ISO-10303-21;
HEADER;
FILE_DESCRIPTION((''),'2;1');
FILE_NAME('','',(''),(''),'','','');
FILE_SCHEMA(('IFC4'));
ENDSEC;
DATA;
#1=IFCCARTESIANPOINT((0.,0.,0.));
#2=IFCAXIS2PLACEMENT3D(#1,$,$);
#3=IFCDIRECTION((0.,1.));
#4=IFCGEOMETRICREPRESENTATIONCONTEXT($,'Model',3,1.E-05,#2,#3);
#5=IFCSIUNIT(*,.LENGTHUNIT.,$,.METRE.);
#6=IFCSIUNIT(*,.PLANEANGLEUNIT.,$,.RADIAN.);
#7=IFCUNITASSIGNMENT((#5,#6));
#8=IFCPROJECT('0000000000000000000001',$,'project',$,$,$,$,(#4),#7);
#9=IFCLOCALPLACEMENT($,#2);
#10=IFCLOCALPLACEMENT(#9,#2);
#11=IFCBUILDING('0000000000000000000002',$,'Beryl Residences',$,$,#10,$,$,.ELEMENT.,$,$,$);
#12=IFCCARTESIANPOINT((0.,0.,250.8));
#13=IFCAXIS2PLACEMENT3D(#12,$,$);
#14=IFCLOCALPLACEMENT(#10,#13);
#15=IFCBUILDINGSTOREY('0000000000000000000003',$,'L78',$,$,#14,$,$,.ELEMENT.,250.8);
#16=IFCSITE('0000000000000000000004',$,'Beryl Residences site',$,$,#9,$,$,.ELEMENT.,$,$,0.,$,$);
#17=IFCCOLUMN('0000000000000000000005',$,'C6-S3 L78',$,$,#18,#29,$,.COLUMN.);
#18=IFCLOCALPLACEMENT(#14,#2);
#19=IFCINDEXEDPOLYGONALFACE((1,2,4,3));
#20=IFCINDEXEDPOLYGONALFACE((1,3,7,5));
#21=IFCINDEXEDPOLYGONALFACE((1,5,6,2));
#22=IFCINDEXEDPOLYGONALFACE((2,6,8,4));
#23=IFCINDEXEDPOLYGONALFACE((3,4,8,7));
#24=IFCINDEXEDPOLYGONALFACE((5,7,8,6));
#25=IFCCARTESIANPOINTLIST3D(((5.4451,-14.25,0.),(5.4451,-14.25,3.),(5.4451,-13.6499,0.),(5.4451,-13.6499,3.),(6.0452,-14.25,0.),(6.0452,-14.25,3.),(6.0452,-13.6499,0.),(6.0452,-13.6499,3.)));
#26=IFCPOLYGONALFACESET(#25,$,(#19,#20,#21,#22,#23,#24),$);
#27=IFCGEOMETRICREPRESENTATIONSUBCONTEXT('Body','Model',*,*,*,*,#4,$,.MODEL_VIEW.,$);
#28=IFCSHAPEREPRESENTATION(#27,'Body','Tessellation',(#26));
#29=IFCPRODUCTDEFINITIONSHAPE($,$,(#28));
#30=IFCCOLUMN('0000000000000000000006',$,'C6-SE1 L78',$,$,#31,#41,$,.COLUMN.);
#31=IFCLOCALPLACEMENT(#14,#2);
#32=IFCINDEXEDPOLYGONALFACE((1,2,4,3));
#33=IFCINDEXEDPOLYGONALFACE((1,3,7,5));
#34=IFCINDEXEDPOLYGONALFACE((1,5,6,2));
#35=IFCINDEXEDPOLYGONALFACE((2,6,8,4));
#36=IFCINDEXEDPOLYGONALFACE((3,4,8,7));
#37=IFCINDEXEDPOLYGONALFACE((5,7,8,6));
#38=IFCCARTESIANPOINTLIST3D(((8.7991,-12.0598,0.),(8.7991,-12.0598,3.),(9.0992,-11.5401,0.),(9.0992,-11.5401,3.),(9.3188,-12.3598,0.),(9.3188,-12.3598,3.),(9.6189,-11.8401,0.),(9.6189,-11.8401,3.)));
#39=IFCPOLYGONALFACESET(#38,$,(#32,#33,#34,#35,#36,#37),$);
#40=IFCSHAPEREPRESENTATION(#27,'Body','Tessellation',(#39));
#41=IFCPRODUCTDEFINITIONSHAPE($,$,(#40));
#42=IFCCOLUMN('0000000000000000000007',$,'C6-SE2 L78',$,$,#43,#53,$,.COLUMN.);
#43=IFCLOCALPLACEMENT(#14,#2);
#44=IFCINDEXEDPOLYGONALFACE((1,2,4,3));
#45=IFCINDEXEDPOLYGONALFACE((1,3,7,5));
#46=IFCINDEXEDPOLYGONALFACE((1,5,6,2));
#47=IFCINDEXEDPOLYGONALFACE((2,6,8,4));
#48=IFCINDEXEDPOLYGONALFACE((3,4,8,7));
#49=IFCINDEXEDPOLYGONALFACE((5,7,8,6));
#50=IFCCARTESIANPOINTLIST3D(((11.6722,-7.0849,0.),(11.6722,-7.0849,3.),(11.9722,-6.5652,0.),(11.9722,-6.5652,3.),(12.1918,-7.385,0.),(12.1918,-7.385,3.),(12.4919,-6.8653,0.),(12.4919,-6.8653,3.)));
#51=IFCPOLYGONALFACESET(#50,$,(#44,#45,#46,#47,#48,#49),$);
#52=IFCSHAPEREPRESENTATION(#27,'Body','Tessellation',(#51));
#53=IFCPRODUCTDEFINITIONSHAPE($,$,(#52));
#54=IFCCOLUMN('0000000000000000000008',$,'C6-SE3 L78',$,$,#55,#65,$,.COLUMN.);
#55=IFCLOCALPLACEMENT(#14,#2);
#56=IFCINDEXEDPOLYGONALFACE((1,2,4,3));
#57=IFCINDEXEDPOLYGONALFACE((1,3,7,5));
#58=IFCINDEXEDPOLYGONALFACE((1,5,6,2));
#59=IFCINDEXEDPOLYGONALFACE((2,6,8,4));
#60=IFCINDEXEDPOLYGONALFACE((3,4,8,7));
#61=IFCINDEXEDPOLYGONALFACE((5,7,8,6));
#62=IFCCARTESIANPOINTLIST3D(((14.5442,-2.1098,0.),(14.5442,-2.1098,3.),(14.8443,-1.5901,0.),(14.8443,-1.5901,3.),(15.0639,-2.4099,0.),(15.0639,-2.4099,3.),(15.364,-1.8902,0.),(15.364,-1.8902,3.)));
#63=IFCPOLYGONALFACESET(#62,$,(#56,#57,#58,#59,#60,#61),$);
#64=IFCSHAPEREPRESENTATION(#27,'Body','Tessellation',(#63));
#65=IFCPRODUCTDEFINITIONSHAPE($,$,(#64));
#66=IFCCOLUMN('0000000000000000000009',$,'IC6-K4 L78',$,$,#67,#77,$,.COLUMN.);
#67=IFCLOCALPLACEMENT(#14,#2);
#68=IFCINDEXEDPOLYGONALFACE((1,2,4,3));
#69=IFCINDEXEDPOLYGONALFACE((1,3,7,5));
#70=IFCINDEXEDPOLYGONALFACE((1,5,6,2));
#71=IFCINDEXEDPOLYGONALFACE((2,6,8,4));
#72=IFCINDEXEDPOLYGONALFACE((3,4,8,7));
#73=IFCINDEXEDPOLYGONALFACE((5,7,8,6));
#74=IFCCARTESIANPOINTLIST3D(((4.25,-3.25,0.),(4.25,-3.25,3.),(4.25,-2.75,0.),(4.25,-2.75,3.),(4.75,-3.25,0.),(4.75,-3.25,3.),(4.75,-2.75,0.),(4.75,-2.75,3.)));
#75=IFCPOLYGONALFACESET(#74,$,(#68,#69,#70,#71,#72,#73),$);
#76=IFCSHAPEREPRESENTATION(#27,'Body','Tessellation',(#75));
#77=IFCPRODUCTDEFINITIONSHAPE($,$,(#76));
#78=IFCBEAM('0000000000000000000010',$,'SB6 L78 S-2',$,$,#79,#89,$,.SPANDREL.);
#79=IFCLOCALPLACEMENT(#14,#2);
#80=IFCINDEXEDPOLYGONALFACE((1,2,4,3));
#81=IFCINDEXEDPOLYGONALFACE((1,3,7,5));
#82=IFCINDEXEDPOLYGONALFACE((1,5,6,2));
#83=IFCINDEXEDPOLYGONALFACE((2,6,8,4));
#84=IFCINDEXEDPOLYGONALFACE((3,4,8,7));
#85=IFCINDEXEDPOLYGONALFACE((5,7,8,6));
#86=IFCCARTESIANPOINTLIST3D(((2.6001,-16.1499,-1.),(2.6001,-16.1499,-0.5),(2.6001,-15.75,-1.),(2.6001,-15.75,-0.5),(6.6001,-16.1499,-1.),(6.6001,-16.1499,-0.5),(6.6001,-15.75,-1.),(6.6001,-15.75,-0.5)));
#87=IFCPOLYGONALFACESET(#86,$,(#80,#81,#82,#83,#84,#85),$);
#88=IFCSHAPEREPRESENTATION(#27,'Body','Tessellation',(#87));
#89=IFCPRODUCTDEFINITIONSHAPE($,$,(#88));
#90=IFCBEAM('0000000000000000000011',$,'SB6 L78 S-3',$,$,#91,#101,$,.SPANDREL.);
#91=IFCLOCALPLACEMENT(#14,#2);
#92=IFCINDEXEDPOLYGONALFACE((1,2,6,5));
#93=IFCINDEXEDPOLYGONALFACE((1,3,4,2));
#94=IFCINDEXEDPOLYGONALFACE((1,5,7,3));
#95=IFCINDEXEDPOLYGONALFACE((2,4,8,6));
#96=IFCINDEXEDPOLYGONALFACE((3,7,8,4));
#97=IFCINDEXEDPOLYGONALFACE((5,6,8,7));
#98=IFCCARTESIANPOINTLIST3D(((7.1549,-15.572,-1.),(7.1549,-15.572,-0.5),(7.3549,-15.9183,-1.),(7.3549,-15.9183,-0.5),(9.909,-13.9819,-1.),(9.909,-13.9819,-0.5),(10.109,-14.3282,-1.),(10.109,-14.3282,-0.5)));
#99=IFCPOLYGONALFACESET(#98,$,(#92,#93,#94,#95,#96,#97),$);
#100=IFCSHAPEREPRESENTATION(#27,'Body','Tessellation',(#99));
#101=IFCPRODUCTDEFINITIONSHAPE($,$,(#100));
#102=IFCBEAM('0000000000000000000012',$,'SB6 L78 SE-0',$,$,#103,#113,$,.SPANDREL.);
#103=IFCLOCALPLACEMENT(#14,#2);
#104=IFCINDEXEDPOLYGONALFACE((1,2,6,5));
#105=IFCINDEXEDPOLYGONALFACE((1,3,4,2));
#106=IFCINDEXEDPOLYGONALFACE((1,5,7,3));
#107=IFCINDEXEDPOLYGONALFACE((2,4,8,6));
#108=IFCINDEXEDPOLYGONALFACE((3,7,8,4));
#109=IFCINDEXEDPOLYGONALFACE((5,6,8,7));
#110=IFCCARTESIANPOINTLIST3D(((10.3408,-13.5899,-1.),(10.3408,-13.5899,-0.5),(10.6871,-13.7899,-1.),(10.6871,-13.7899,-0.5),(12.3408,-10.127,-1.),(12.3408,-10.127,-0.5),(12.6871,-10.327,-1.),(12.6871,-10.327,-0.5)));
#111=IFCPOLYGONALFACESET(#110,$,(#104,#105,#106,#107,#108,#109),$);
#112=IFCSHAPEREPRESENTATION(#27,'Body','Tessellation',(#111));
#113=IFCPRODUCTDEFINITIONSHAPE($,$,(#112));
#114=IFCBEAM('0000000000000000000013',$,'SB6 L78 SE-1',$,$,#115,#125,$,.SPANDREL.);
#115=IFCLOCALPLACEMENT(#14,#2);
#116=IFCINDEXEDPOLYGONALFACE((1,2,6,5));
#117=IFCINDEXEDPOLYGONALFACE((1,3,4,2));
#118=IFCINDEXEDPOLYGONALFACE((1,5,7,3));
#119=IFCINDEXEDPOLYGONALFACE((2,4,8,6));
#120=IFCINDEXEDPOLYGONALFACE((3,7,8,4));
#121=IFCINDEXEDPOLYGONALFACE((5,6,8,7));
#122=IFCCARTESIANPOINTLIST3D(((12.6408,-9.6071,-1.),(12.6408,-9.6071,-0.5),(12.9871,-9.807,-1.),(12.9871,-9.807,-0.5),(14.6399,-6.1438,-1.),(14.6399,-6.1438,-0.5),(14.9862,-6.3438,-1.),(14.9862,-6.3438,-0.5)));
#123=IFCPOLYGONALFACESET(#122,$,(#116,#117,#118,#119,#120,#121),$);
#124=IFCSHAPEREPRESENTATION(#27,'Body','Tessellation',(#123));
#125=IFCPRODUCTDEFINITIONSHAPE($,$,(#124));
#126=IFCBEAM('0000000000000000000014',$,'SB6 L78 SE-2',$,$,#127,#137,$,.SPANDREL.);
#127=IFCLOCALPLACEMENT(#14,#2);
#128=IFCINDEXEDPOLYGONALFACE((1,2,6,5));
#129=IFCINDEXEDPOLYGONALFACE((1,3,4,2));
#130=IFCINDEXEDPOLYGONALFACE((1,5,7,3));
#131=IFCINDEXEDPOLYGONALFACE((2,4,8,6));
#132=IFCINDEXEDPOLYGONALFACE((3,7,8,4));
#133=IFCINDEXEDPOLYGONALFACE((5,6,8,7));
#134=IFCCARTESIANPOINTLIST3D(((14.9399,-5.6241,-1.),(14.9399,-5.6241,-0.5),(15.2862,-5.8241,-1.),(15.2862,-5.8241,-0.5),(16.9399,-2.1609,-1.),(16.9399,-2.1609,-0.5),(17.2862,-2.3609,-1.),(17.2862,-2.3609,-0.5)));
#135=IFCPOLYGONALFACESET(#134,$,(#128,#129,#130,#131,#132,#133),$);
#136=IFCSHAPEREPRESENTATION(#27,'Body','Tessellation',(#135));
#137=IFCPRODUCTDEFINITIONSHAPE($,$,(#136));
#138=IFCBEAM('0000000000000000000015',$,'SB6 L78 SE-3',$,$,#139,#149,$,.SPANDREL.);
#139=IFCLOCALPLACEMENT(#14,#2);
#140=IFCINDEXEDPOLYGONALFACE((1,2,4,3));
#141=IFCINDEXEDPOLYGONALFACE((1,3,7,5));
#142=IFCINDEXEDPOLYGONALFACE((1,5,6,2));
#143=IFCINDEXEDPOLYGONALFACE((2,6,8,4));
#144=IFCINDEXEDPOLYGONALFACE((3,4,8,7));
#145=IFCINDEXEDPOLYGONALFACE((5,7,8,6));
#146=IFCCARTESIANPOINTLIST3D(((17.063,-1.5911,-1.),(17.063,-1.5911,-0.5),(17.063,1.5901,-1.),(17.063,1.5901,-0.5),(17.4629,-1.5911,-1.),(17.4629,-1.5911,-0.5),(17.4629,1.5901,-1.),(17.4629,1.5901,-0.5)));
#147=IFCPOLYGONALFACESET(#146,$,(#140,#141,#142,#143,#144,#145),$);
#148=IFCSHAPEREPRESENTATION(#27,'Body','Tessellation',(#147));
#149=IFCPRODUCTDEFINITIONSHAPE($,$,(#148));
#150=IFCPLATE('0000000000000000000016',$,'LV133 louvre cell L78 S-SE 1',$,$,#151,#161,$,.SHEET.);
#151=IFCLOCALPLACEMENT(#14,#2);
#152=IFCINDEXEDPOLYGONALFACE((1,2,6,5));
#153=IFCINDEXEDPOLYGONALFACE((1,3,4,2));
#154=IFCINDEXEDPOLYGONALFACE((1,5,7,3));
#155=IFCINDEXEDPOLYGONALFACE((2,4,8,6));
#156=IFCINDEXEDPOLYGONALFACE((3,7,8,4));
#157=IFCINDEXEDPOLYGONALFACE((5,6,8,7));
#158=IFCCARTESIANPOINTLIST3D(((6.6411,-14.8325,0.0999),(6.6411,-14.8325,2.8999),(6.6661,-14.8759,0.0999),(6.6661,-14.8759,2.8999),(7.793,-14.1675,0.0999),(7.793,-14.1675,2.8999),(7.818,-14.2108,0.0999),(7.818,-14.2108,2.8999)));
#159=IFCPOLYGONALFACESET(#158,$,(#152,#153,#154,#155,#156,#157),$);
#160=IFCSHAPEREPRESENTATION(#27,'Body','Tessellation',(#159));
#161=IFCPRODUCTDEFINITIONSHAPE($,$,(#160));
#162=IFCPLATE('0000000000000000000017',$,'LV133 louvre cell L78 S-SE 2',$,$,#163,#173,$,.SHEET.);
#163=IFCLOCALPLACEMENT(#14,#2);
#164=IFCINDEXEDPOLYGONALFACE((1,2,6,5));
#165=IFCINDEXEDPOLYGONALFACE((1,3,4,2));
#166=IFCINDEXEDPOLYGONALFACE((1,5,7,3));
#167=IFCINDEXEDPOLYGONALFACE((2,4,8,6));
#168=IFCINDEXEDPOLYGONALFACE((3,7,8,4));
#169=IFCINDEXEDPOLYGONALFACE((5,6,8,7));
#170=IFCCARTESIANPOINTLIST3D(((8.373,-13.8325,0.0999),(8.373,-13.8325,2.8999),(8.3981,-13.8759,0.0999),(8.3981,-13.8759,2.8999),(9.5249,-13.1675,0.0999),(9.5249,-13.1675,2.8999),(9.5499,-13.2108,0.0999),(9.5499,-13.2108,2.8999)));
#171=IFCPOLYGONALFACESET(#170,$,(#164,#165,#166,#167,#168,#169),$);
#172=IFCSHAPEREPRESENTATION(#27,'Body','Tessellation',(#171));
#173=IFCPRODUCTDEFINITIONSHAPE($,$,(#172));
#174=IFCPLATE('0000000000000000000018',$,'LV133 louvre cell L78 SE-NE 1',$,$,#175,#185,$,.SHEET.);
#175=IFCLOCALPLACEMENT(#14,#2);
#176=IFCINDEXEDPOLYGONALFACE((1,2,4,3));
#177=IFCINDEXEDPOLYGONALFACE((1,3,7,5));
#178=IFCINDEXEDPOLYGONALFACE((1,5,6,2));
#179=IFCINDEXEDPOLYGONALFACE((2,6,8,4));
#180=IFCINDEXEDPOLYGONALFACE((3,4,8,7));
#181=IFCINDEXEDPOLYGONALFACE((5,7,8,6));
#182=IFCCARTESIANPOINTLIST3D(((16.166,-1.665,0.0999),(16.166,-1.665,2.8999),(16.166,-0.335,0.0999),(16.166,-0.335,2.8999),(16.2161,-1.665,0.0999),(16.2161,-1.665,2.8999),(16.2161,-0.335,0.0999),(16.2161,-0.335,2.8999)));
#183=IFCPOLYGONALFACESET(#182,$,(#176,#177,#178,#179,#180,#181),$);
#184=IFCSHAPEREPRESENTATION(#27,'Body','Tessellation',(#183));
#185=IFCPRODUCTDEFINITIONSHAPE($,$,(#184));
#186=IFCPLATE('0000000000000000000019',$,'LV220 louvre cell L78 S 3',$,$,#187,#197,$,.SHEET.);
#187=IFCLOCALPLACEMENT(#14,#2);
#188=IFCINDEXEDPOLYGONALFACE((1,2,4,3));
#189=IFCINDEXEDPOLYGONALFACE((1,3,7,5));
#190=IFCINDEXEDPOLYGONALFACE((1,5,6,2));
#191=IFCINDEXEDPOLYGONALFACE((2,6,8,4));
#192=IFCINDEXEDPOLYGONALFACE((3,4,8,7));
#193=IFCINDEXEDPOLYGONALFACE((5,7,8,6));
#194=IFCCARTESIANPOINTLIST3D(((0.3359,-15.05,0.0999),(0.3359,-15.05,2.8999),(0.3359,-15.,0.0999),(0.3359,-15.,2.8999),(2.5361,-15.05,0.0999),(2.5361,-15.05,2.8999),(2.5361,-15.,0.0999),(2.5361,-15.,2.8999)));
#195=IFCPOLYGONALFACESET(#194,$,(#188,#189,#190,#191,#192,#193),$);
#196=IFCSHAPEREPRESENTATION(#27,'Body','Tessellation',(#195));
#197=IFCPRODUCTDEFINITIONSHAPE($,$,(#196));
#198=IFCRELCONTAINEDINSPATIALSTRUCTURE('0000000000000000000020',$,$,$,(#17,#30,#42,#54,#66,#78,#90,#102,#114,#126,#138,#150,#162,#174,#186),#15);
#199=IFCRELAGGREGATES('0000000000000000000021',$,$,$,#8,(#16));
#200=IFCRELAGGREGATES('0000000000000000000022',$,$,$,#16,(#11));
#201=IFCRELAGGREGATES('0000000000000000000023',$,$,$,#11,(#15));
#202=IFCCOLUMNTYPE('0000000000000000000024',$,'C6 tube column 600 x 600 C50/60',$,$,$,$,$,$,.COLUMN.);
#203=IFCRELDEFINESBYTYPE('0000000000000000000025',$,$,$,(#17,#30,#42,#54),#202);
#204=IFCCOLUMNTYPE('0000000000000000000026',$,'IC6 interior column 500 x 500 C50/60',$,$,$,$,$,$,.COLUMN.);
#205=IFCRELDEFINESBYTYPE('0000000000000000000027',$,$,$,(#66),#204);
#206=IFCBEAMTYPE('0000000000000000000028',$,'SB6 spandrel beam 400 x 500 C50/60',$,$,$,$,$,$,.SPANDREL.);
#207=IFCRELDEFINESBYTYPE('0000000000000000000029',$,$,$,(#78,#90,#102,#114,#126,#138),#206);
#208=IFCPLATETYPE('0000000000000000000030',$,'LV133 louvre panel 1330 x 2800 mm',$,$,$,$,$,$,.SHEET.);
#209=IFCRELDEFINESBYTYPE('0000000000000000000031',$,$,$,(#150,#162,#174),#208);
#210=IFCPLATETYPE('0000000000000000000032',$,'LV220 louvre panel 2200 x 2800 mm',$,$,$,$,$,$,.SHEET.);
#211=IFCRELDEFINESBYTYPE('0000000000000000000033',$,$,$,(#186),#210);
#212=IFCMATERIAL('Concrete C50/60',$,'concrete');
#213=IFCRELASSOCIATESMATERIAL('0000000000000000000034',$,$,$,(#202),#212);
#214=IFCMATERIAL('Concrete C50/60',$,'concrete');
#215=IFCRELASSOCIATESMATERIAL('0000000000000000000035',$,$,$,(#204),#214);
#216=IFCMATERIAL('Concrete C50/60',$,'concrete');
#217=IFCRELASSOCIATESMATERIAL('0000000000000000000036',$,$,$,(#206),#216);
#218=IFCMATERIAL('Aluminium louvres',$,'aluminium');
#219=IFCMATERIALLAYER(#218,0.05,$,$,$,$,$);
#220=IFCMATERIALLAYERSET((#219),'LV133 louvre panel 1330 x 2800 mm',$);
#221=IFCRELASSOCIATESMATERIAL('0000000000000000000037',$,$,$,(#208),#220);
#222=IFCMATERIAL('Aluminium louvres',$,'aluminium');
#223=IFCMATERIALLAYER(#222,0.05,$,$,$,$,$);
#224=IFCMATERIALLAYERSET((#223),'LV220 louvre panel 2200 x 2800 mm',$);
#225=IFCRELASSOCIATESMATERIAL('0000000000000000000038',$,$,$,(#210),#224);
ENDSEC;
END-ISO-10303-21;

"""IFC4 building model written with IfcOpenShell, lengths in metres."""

from ifc_helpers import new_model, si_unit, direction, frame, origin, origin_2d, place, context, subcontext, project, spatial, polyline, rectangle, outline, extrude, source, transform, mapped, material, layer, layer_set, material_profile, profile_set, type_object, type_shapes, element, save


model = new_model("IFC4")

# Units and contexts
model_context = context("Model", 3, precision=1e-05, world=origin(), true_north=direction((0.0, 1.0)))
body_context = subcontext(model_context, "Body", "Model", "MODEL_VIEW")
ifc_project = project(units=[si_unit("LENGTHUNIT", "METRE"), si_unit("PLANEANGLEUNIT", "RADIAN")], contexts=[model_context])

# Site, building, storey
site_placement = place(None, origin())
site = spatial("IfcSite", under=ifc_project, at=site_placement, Name="Beryl Residences site", CompositionType="ELEMENT", RefElevation=0.0)
building_placement = place(site_placement, origin())
building = spatial("IfcBuilding", under=site, at=building_placement, Name="Beryl Residences", CompositionType="ELEMENT")
storey_placement = place(building_placement, frame((0.0, 0.0, 250.8)))
storey = spatial("IfcBuildingStorey", under=building, at=storey_placement, Name="L78", CompositionType="ELEMENT", Elevation=250.8)

# Columns
ifc_material_1 = material(Name="Concrete C50/60", Category="concrete")
ifc_material_profile_1 = material_profile(ifc_material_1, rectangle(XDim=0.6001, YDim=0.6001, at=origin_2d()))
ifc_profile_set_1 = profile_set([ifc_material_profile_1], Name="Concrete C50/60")
column_type_1 = type_object("IfcColumnType", Name="C6 tube column 600 x 600 C50/60", PredefinedType="COLUMN", material=ifc_profile_set_1)
for number, where, z_axis, x_axis, name in (
    (1, (5.7451, -13.95, 0.0), (0.0, 0.0, 1.0), (1.0, 0.0, 0.0), "C6-S3 L78"),
    (2, (9.209, -11.95, 0.0), (0.0, 0.0, 1.0), (0.50003, 0.866008, 0.0), "C6-SE1 L78"),
    (3, (12.082, -6.9751, 0.0), (0.0, 0.0, 1.0), (0.50003, 0.866008, 0.0), "C6-SE2 L78"),
    (4, (14.9541, -2.0, 0.0), (0.0, 0.0, 1.0), (0.50003, 0.866008, 0.0), "C6-SE3 L78"),
):
    element("IfcColumn", number, at=place(storey_placement, frame(where, z_axis=z_axis, x_axis=x_axis)), inside=storey, type_object=column_type_1, Name=name, PredefinedType="COLUMN", context=body_context, shape_type="SweptSolid", body=[
        extrude(rectangle(XDim=0.6001, YDim=0.6001, at=origin_2d()), origin(), (0.0, 0.0, 1.0), 3.0),
    ])
ifc_material_2 = material(Name="Concrete C50/60", Category="concrete")
ifc_material_profile_2 = material_profile(ifc_material_2, rectangle(XDim=0.5, YDim=0.5, at=origin_2d()))
ifc_profile_set_2 = profile_set([ifc_material_profile_2], Name="Concrete C50/60")
column_type_2 = type_object("IfcColumnType", Name="IC6 interior column 500 x 500 C50/60", PredefinedType="COLUMN", material=ifc_profile_set_2)
column_placement = place(storey_placement, frame((4.5, -3.0, 0.0), z_axis=(0.0, 0.0, 1.0), x_axis=(1.0, 0.0, 0.0)))
element("IfcColumn", 5, at=column_placement, inside=storey, type_object=column_type_2, Name="IC6-K4 L78", PredefinedType="COLUMN", context=body_context, shape_type="SweptSolid", body=[
    extrude(rectangle(XDim=0.5, YDim=0.5, at=origin_2d()), origin(), (0.0, 0.0, 1.0), 3.0),
])

# Beams
ifc_material_3 = material(Name="Concrete C50/60", Category="concrete")
ifc_material_profile_3 = material_profile(ifc_material_3, rectangle(XDim=0.3999, YDim=0.5, at=origin_2d()))
ifc_profile_set_3 = profile_set([ifc_material_profile_3], Name="Concrete C50/60")
beam_type = type_object("IfcBeamType", Name="SB6 spandrel beam 400 x 500 C50/60", PredefinedType="SPANDREL", material=ifc_profile_set_3)
beam_1_placement = place(storey_placement, frame((2.6001, -15.95, -0.75), z_axis=(1.0, 0.0, 0.0), x_axis=(0.0, 1.0, 0.0)))
element("IfcBeam", 6, at=beam_1_placement, inside=storey, type_object=beam_type, Name="SB6 L78 S-2", PredefinedType="SPANDREL", context=body_context, shape_type="SweptSolid", body=[
    extrude(rectangle(XDim=0.3999, YDim=0.5, at=origin_2d()), origin(), (0.0, 0.0, 1.0), 4.0),
])
beam_2_placement = place(storey_placement, frame((7.2549, -15.7451, -0.75), z_axis=(0.866028, 0.499995, 0.0), x_axis=(-0.499995, 0.866028, 0.0)))
element("IfcBeam", 7, at=beam_2_placement, inside=storey, type_object=beam_type, Name="SB6 L78 S-3", PredefinedType="SPANDREL", context=body_context, shape_type="SweptSolid", body=[
    extrude(rectangle(XDim=0.3999, YDim=0.5, at=origin_2d()), origin(), (0.0, 0.0, 1.0), 3.1802),
])
beam_3_placement = place(storey_placement, frame((10.5139, -13.6899, -0.75), z_axis=(0.500131, 0.86595, 0.0), x_axis=(-0.86595, 0.500131, 0.0)))
element("IfcBeam", 8, at=beam_3_placement, inside=storey, type_object=beam_type, Name="SB6 L78 SE-0", PredefinedType="SPANDREL", context=body_context, shape_type="SweptSolid", body=[
    extrude(rectangle(XDim=0.3999, YDim=0.5, at=origin_2d()), origin(), (0.0, 0.0, 1.0), 3.999),
])
beam_4_placement = place(storey_placement, frame((12.814, -9.707, -0.75), z_axis=(0.499922, 0.866071, 0.0), x_axis=(-0.866071, 0.499922, 0.0)))
element("IfcBeam", 9, at=beam_4_placement, inside=storey, type_object=beam_type, Name="SB6 L78 SE-1", PredefinedType="SPANDREL", context=body_context, shape_type="SweptSolid", body=[
    extrude(rectangle(XDim=0.3999, YDim=0.5, at=origin_2d()), origin(), (0.0, 0.0, 1.0), 3.9988),
])
beam_5_placement = place(storey_placement, frame((15.113, -5.7241, -0.75), z_axis=(0.500105, 0.865965, 0.0), x_axis=(-0.865965, 0.500105, 0.0)))
element("IfcBeam", 10, at=beam_5_placement, inside=storey, type_object=beam_type, Name="SB6 L78 SE-2", PredefinedType="SPANDREL", context=body_context, shape_type="SweptSolid", body=[
    extrude(rectangle(XDim=0.3999, YDim=0.5, at=origin_2d()), origin(), (0.0, 0.0, 1.0), 3.9993),
])
beam_6_placement = place(storey_placement, frame((17.2629, -1.5911, -0.75), z_axis=(0.0, 1.0, 0.0), x_axis=(-1.0, 0.0, 0.0)))
element("IfcBeam", 11, at=beam_6_placement, inside=storey, type_object=beam_type, Name="SB6 L78 SE-3", PredefinedType="SPANDREL", context=body_context, shape_type="SweptSolid", body=[
    extrude(rectangle(XDim=0.3999, YDim=0.5, at=origin_2d()), origin(), (0.0, 0.0, 1.0), 3.1812),
])

# Plates
ifc_material_4 = material(Name="Aluminium louvres", Category="aluminium")
ifc_layer_1 = layer(ifc_material_4, 0.05)
ifc_layer_set_1 = layer_set([ifc_layer_1], Name="LV133 louvre panel 1330 x 2800 mm")
plate_type_1 = type_object("IfcPlateType", Name="LV133 louvre panel 1330 x 2800 mm", PredefinedType="SHEET", material=ifc_layer_set_1)
shared_shape_1 = source(origin(), body_context, "Body", "SweptSolid", [
    extrude(outline(polyline([(-0.665, 0.0), (0.665, 0.0), (0.665, 0.05), (-0.665, 0.05), (-0.665, 0.0)])), origin(), (0.0, 0.0, 1.0), 2.8),
])
type_shapes(plate_type_1, [shared_shape_1])
for number, where, z_axis, x_axis, name in (
    (12, (7.217, -14.5, 0.0999), (0.0, 0.0, 1.0), (-0.866025, -0.5, 0.0), "LV133 louvre cell L78 S-SE 1"),
    (13, (8.949, -13.5, 0.0999), (0.0, 0.0, 1.0), (-0.866025, -0.5, 0.0), "LV133 louvre cell L78 S-SE 2"),
    (14, (16.166, -1.0, 0.0999), (0.0, 0.0, 1.0), (0.0, -1.0, 0.0), "LV133 louvre cell L78 SE-NE 1"),
):
    element("IfcPlate", number, at=place(storey_placement, frame(where, z_axis=z_axis, x_axis=x_axis)), inside=storey, type_object=plate_type_1, Name=name, PredefinedType="SHEET", context=body_context, shape_type="MappedRepresentation", body=[
        mapped(shared_shape_1, transform((0.0, 0.0, 0.0))),
    ])
ifc_material_5 = material(Name="Aluminium louvres", Category="aluminium")
ifc_layer_2 = layer(ifc_material_5, 0.05)
ifc_layer_set_2 = layer_set([ifc_layer_2], Name="LV220 louvre panel 2200 x 2800 mm")
plate_type_2 = type_object("IfcPlateType", Name="LV220 louvre panel 2200 x 2800 mm", PredefinedType="SHEET", material=ifc_layer_set_2)
shared_shape_2 = source(origin(), body_context, "Body", "SweptSolid", [
    extrude(outline(polyline([(-1.1001, 0.0), (1.1001, 0.0), (1.1001, 0.05), (-1.1001, 0.05), (-1.1001, 0.0)])), origin(), (0.0, 0.0, 1.0), 2.8),
])
type_shapes(plate_type_2, [shared_shape_2])
for number, where, z_axis, x_axis, name in (
    (15, (1.436, -15.0, 0.0999), (0.0, 0.0, 1.0), (-1.0, 0.0, 0.0), "LV220 louvre cell L78 S 3"),
):
    element("IfcPlate", number, at=place(storey_placement, frame(where, z_axis=z_axis, x_axis=x_axis)), inside=storey, type_object=plate_type_2, Name=name, PredefinedType="SHEET", context=body_context, shape_type="MappedRepresentation", body=[
        mapped(shared_shape_2, transform((0.0, 0.0, 0.0))),
    ])

save(model, "model.ifc")
